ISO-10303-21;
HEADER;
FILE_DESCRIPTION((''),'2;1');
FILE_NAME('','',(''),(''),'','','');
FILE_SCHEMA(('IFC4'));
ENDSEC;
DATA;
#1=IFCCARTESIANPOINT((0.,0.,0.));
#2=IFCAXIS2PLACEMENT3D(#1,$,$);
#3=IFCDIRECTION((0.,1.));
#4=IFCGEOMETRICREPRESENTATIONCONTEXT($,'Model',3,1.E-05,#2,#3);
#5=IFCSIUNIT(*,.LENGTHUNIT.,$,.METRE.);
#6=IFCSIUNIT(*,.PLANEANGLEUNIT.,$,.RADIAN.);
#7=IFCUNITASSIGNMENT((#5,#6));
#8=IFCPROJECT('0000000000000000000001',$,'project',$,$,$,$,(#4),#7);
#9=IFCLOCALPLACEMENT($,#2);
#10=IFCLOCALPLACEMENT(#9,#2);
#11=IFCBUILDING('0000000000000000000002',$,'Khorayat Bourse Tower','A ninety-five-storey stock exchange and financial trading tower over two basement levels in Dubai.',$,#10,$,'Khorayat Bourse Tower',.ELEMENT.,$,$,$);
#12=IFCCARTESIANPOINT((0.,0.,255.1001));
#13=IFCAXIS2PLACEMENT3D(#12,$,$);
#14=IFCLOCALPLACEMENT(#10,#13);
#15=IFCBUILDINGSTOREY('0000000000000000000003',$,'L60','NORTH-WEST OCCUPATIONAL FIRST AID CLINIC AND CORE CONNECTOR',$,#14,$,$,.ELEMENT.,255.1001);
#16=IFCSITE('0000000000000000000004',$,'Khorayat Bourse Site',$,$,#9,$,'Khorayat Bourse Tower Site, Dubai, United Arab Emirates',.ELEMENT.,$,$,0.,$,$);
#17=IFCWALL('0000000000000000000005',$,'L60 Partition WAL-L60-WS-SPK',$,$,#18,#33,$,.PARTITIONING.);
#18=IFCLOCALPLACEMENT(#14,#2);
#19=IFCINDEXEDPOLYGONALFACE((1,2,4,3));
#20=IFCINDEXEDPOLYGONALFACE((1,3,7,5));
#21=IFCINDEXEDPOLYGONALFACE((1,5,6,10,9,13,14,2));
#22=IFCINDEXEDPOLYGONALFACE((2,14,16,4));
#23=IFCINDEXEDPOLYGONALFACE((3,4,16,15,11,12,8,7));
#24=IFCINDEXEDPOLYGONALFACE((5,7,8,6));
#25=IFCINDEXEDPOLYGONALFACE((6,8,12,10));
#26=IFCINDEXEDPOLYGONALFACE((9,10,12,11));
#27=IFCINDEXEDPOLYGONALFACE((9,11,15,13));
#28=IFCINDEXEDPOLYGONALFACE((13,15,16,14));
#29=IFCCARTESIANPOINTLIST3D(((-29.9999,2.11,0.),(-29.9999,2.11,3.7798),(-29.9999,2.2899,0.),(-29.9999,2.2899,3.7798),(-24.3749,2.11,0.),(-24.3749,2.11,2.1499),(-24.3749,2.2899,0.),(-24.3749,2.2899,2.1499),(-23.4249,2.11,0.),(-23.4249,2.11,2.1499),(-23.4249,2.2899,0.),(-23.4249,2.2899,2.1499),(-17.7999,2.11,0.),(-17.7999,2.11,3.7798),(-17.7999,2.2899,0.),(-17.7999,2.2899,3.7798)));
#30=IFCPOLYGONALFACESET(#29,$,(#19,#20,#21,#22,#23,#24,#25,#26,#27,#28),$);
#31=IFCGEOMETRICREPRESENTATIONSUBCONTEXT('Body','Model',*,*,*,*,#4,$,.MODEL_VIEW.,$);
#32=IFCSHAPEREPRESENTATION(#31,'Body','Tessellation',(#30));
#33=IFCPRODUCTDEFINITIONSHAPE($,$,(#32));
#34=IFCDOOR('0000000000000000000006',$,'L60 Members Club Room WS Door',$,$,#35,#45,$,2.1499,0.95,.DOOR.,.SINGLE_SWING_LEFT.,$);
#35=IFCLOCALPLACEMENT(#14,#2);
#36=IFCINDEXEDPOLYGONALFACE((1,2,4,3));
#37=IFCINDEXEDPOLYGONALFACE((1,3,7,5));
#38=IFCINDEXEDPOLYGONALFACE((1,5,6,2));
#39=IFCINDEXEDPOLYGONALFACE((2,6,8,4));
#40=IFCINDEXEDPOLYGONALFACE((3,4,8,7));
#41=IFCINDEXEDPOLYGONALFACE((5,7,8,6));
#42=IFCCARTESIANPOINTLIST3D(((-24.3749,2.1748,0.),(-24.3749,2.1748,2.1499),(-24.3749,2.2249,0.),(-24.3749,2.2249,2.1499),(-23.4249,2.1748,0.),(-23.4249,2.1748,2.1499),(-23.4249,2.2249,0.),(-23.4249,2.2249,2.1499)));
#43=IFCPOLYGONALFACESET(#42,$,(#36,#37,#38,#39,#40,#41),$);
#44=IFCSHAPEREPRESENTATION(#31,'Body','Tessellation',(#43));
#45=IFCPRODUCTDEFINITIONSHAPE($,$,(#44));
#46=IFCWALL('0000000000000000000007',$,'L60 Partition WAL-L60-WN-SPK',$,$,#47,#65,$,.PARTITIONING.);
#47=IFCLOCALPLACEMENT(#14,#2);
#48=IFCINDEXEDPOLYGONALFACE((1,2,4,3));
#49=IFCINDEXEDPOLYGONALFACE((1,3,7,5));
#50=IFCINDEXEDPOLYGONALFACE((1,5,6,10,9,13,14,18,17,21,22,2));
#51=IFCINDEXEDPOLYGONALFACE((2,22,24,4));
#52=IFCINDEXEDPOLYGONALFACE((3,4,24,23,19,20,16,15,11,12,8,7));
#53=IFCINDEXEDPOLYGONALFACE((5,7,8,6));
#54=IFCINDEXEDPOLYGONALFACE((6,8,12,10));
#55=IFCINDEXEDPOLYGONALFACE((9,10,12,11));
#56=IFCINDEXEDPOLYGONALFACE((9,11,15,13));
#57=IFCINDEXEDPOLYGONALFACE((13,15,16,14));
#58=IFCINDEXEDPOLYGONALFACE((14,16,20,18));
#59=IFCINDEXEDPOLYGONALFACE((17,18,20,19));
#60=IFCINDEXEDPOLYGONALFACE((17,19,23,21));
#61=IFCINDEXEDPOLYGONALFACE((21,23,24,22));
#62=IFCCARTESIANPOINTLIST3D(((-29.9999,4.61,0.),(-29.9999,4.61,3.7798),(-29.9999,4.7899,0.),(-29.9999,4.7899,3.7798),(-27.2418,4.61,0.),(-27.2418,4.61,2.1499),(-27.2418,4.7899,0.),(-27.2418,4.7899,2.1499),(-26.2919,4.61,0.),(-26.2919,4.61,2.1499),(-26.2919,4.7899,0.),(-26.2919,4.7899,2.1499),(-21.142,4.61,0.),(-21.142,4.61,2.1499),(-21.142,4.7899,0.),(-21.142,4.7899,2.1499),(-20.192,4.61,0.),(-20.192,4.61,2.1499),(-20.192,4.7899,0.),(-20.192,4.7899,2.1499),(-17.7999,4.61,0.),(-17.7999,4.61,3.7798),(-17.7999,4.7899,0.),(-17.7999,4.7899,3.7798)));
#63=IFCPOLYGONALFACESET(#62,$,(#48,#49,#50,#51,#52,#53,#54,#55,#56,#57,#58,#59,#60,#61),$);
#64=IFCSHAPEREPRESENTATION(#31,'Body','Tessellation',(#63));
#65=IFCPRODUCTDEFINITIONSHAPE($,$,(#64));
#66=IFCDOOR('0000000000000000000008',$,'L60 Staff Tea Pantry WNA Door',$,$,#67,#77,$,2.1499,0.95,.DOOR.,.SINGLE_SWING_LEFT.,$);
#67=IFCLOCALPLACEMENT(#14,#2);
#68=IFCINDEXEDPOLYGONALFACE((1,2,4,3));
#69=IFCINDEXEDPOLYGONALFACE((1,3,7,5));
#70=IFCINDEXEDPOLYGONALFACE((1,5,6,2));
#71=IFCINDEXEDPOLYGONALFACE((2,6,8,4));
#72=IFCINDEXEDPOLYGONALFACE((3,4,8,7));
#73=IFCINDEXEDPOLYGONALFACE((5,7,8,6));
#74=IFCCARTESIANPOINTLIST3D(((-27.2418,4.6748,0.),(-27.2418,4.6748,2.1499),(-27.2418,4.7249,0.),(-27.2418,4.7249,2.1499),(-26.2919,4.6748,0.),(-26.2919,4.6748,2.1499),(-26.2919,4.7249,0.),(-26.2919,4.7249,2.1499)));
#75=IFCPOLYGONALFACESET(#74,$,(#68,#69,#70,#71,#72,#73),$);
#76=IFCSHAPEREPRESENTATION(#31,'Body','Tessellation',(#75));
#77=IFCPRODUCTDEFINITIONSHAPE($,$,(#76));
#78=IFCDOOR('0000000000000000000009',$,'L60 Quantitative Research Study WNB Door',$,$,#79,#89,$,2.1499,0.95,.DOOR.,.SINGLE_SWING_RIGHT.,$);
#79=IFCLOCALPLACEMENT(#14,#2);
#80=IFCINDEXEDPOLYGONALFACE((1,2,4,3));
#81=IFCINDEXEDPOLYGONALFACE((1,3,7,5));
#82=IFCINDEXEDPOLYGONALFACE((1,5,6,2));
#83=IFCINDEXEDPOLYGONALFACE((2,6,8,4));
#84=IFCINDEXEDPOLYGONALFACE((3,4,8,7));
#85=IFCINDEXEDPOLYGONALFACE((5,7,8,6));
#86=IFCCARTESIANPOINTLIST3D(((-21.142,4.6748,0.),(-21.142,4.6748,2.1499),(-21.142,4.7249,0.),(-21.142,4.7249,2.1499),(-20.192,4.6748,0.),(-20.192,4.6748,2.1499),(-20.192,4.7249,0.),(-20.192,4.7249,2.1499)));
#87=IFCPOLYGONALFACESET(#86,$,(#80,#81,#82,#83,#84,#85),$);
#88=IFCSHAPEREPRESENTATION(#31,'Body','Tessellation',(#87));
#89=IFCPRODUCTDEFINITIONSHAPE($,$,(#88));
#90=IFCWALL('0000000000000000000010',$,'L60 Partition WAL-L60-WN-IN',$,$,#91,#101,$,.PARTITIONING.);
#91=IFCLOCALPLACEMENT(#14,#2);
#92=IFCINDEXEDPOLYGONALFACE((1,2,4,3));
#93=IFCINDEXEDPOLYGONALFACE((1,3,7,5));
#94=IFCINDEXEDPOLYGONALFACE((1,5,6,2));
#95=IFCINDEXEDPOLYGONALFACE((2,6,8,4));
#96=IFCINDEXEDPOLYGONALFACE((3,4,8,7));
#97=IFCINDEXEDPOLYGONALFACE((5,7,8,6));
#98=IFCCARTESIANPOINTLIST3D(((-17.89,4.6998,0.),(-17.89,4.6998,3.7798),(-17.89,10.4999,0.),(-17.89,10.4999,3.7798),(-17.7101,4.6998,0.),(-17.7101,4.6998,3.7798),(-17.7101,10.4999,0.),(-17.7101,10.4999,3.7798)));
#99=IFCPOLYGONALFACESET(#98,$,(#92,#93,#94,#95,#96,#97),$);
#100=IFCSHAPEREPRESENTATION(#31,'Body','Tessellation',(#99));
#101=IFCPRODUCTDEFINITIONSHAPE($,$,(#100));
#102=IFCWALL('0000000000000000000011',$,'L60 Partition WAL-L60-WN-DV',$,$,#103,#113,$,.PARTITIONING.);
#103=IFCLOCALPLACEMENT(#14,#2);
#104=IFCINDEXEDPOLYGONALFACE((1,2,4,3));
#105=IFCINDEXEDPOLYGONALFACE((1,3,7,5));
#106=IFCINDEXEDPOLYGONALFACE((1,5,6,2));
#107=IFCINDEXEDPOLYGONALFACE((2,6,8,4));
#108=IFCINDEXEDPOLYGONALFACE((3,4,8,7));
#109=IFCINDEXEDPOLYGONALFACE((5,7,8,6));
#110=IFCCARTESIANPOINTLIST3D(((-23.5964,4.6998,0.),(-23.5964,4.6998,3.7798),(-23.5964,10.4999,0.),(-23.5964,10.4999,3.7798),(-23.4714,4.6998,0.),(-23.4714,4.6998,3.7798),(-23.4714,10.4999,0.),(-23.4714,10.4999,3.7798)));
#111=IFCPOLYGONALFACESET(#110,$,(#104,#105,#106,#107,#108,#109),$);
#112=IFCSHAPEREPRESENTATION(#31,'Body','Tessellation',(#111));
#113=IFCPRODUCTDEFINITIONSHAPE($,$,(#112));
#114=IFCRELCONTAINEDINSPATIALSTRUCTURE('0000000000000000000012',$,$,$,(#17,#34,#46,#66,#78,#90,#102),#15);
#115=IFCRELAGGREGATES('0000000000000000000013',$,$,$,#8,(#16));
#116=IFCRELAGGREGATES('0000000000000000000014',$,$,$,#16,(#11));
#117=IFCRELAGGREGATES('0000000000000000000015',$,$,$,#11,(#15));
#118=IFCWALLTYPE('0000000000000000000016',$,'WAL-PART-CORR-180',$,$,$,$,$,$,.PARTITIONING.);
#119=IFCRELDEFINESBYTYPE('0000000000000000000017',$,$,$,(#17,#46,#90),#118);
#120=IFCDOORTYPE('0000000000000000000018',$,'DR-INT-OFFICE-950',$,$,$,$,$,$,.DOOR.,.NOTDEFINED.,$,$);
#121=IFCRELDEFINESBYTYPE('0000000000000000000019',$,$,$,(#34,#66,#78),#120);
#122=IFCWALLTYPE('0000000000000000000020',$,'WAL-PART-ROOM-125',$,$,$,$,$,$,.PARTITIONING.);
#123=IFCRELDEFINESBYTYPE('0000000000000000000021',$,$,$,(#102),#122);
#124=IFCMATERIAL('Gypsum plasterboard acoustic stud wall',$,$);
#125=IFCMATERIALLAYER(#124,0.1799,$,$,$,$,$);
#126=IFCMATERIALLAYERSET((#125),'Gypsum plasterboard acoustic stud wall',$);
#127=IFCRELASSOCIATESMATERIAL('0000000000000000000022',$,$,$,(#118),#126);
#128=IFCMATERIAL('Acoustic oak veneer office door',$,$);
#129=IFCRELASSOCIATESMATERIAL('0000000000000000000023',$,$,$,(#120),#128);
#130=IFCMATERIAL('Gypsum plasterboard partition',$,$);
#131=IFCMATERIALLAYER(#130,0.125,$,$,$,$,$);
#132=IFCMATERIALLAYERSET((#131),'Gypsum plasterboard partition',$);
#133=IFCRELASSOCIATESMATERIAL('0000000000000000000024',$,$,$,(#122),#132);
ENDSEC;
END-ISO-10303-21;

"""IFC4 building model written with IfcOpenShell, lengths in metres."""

from ifc_helpers import new_model, si_unit, direction, frame, frame_2d, origin, place, context, subcontext, project, spatial, rectangle, extrude, source, transform, mapped, material, layer, layer_set, type_object, element, fill, save


model = new_model("IFC4")

# Units and contexts
model_context = context("Model", 3, precision=1e-05, world=origin(), true_north=direction((0.0, 1.0)))
body_context = subcontext(model_context, "Body", "Model", "MODEL_VIEW")
ifc_project = project(units=[si_unit("LENGTHUNIT", "METRE"), si_unit("PLANEANGLEUNIT", "RADIAN")], contexts=[model_context])

# Site, building, storey
site_placement = place(None, origin())
site = spatial("IfcSite", under=ifc_project, at=site_placement, Name="Khorayat Bourse Site", LongName="Khorayat Bourse Tower Site, Dubai, United Arab Emirates", CompositionType="ELEMENT", RefElevation=0.0)
building_placement = place(site_placement, origin())
building = spatial("IfcBuilding", under=site, at=building_placement, Name="Khorayat Bourse Tower", Description="A ninety-five-storey stock exchange and financial trading tower over two basement levels in Dubai.", LongName="Khorayat Bourse Tower", CompositionType="ELEMENT")
storey_placement = place(building_placement, frame((0.0, 0.0, 255.1001)))
storey = spatial("IfcBuildingStorey", under=building, at=storey_placement, Name="L60", Description="NORTH-WEST OCCUPATIONAL FIRST AID CLINIC AND CORE CONNECTOR", CompositionType="ELEMENT", Elevation=255.1001)

# Shared definitions
ifc_material_1 = material(Name="Gypsum plasterboard acoustic stud wall")
ifc_layer_1 = layer(ifc_material_1, 0.1799)
ifc_layer_set_1 = layer_set([ifc_layer_1], Name="Gypsum plasterboard acoustic stud wall")
wall_type_1 = type_object("IfcWallType", Name="WAL-PART-CORR-180", PredefinedType="PARTITIONING", material=ifc_layer_set_1)

# Wall, opening, door
shared_shape_1 = source(origin(), body_context, "Body", "SweptSolid", [
    extrude(rectangle(XDim=12.2, YDim=0.1799, at=frame_2d((6.1001, 0.0))), origin(), (0.0, 0.0, 1.0), 3.7798),
])
wall_1_placement = place(storey_placement, frame((-30.0, 2.2, 0.0), z_axis=(0.0, 0.0, 1.0), x_axis=(1.0, 0.0, 0.0)))
wall_1 = element("IfcWall", 1, at=wall_1_placement, inside=storey, type_object=wall_type_1, Name="L60 Partition WAL-L60-WS-SPK", PredefinedType="PARTITIONING", context=body_context, shape_type="MappedRepresentation", body=[
    mapped(shared_shape_1, transform((0.0, 0.0, 0.0), scale=1.0)),
])
shared_shape_2 = source(origin(), body_context, "Body", "SweptSolid", [
    extrude(rectangle(XDim=0.95, YDim=2.1499, at=frame_2d((0.4751, 1.075))), frame((0.0, 0.0999, 0.0), z_axis=(0.0, -1.0, 0.0), x_axis=(1.0, 0.0, 0.0)), (0.0, 0.0, 1.0), 0.2),
])
opening_1_placement = place(wall_1_placement, frame((5.625, 0.0, 0.0)))
opening_1 = element("IfcOpeningElement", 2, at=opening_1_placement, cuts=wall_1, PredefinedType="OPENING", context=body_context, shape_type="MappedRepresentation", body=[
    mapped(shared_shape_2, transform((0.0, 0.0, 0.0), scale=1.0)),
])
ifc_material_2 = material(Name="Acoustic oak veneer office door")
door_type = type_object("IfcDoorType", Name="DR-INT-OFFICE-950", OperationType="NOTDEFINED", PredefinedType="DOOR", material=ifc_material_2)
shared_shape_3 = source(origin(), body_context, "Body", "SweptSolid", [
    extrude(rectangle(XDim=0.95, YDim=2.1499, at=frame_2d((0.4751, 1.075))), frame((0.0, 0.0249, 0.0), z_axis=(0.0, -1.0, 0.0), x_axis=(1.0, 0.0, 0.0)), (0.0, 0.0, 1.0), 0.05),
])
door_1_placement = place(opening_1_placement, origin())
door_1 = element("IfcDoor", 3, at=door_1_placement, inside=storey, type_object=door_type, Name="L60 Members Club Room WS Door", OperationType="SINGLE_SWING_LEFT", OverallHeight=2.1499, OverallWidth=0.95, PredefinedType="DOOR", context=body_context, shape_type="MappedRepresentation", body=[
    mapped(shared_shape_3, transform((0.0, 0.0, 0.0), scale=1.0)),
])
fill(opening_1, door_1)

# Wall, openings, doors
wall_2_placement = place(storey_placement, frame((-30.0, 4.7, 0.0), z_axis=(0.0, 0.0, 1.0), x_axis=(1.0, 0.0, 0.0)))
wall_2 = element("IfcWall", 4, at=wall_2_placement, inside=storey, type_object=wall_type_1, Name="L60 Partition WAL-L60-WN-SPK", PredefinedType="PARTITIONING", context=body_context, shape_type="MappedRepresentation", body=[
    mapped(shared_shape_1, transform((0.0, 0.0, 0.0), scale=1.0)),
])
opening_2_placement = place(wall_2_placement, frame((2.7581, 0.0, 0.0)))
opening_2 = element("IfcOpeningElement", 5, at=opening_2_placement, cuts=wall_2, PredefinedType="OPENING", context=body_context, shape_type="MappedRepresentation", body=[
    mapped(shared_shape_2, transform((0.0, 0.0, 0.0), scale=1.0)),
])
opening_3_placement = place(wall_2_placement, frame((8.8579, 0.0, 0.0)))
opening_3 = element("IfcOpeningElement", 6, at=opening_3_placement, cuts=wall_2, PredefinedType="OPENING", context=body_context, shape_type="MappedRepresentation", body=[
    mapped(shared_shape_2, transform((0.0, 0.0, 0.0), scale=1.0)),
])
door_2_placement = place(opening_2_placement, origin())
door_2 = element("IfcDoor", 7, at=door_2_placement, inside=storey, type_object=door_type, Name="L60 Staff Tea Pantry WNA Door", OperationType="SINGLE_SWING_LEFT", OverallHeight=2.1499, OverallWidth=0.95, PredefinedType="DOOR", context=body_context, shape_type="MappedRepresentation", body=[
    mapped(shared_shape_3, transform((0.0, 0.0, 0.0), scale=1.0)),
])
fill(opening_2, door_2)
door_3_placement = place(opening_3_placement, origin())
door_3 = element("IfcDoor", 8, at=door_3_placement, inside=storey, type_object=door_type, Name="L60 Quantitative Research Study WNB Door", OperationType="SINGLE_SWING_RIGHT", OverallHeight=2.1499, OverallWidth=0.95, PredefinedType="DOOR", context=body_context, shape_type="MappedRepresentation", body=[
    mapped(shared_shape_3, transform((0.0, 0.0, 0.0), scale=1.0)),
])
fill(opening_3, door_3)

# Walls
shared_shape_4 = source(origin(), body_context, "Body", "SweptSolid", [
    extrude(rectangle(XDim=5.8, YDim=0.1799, at=frame_2d((2.8999, 0.0))), origin(), (0.0, 0.0, 1.0), 3.7798),
])
wall_3_placement = place(storey_placement, frame((-17.8, 4.7, 0.0), z_axis=(0.0, 0.0, 1.0), x_axis=(0.0, 1.0, 0.0)))
element("IfcWall", 9, at=wall_3_placement, inside=storey, type_object=wall_type_1, Name="L60 Partition WAL-L60-WN-IN", PredefinedType="PARTITIONING", context=body_context, shape_type="MappedRepresentation", body=[
    mapped(shared_shape_4, transform((0.0, 0.0, 0.0), scale=1.0)),
])
ifc_material_3 = material(Name="Gypsum plasterboard partition")
ifc_layer_2 = layer(ifc_material_3, 0.125)
ifc_layer_set_2 = layer_set([ifc_layer_2], Name="Gypsum plasterboard partition")
wall_type_2 = type_object("IfcWallType", Name="WAL-PART-ROOM-125", PredefinedType="PARTITIONING", material=ifc_layer_set_2)
shared_shape_5 = source(origin(), body_context, "Body", "SweptSolid", [
    extrude(rectangle(XDim=5.8, YDim=0.125, at=frame_2d((2.8999, 0.0))), origin(), (0.0, 0.0, 1.0), 3.7798),
])
wall_4_placement = place(storey_placement, frame((-23.5339, 4.7, 0.0), z_axis=(0.0, 0.0, 1.0), x_axis=(0.0, 1.0, 0.0)))
element("IfcWall", 10, at=wall_4_placement, inside=storey, type_object=wall_type_2, Name="L60 Partition WAL-L60-WN-DV", PredefinedType="PARTITIONING", context=body_context, shape_type="MappedRepresentation", body=[
    mapped(shared_shape_5, transform((0.0, 0.0, 0.0), scale=1.0)),
])

save(model, "model.ifc")
